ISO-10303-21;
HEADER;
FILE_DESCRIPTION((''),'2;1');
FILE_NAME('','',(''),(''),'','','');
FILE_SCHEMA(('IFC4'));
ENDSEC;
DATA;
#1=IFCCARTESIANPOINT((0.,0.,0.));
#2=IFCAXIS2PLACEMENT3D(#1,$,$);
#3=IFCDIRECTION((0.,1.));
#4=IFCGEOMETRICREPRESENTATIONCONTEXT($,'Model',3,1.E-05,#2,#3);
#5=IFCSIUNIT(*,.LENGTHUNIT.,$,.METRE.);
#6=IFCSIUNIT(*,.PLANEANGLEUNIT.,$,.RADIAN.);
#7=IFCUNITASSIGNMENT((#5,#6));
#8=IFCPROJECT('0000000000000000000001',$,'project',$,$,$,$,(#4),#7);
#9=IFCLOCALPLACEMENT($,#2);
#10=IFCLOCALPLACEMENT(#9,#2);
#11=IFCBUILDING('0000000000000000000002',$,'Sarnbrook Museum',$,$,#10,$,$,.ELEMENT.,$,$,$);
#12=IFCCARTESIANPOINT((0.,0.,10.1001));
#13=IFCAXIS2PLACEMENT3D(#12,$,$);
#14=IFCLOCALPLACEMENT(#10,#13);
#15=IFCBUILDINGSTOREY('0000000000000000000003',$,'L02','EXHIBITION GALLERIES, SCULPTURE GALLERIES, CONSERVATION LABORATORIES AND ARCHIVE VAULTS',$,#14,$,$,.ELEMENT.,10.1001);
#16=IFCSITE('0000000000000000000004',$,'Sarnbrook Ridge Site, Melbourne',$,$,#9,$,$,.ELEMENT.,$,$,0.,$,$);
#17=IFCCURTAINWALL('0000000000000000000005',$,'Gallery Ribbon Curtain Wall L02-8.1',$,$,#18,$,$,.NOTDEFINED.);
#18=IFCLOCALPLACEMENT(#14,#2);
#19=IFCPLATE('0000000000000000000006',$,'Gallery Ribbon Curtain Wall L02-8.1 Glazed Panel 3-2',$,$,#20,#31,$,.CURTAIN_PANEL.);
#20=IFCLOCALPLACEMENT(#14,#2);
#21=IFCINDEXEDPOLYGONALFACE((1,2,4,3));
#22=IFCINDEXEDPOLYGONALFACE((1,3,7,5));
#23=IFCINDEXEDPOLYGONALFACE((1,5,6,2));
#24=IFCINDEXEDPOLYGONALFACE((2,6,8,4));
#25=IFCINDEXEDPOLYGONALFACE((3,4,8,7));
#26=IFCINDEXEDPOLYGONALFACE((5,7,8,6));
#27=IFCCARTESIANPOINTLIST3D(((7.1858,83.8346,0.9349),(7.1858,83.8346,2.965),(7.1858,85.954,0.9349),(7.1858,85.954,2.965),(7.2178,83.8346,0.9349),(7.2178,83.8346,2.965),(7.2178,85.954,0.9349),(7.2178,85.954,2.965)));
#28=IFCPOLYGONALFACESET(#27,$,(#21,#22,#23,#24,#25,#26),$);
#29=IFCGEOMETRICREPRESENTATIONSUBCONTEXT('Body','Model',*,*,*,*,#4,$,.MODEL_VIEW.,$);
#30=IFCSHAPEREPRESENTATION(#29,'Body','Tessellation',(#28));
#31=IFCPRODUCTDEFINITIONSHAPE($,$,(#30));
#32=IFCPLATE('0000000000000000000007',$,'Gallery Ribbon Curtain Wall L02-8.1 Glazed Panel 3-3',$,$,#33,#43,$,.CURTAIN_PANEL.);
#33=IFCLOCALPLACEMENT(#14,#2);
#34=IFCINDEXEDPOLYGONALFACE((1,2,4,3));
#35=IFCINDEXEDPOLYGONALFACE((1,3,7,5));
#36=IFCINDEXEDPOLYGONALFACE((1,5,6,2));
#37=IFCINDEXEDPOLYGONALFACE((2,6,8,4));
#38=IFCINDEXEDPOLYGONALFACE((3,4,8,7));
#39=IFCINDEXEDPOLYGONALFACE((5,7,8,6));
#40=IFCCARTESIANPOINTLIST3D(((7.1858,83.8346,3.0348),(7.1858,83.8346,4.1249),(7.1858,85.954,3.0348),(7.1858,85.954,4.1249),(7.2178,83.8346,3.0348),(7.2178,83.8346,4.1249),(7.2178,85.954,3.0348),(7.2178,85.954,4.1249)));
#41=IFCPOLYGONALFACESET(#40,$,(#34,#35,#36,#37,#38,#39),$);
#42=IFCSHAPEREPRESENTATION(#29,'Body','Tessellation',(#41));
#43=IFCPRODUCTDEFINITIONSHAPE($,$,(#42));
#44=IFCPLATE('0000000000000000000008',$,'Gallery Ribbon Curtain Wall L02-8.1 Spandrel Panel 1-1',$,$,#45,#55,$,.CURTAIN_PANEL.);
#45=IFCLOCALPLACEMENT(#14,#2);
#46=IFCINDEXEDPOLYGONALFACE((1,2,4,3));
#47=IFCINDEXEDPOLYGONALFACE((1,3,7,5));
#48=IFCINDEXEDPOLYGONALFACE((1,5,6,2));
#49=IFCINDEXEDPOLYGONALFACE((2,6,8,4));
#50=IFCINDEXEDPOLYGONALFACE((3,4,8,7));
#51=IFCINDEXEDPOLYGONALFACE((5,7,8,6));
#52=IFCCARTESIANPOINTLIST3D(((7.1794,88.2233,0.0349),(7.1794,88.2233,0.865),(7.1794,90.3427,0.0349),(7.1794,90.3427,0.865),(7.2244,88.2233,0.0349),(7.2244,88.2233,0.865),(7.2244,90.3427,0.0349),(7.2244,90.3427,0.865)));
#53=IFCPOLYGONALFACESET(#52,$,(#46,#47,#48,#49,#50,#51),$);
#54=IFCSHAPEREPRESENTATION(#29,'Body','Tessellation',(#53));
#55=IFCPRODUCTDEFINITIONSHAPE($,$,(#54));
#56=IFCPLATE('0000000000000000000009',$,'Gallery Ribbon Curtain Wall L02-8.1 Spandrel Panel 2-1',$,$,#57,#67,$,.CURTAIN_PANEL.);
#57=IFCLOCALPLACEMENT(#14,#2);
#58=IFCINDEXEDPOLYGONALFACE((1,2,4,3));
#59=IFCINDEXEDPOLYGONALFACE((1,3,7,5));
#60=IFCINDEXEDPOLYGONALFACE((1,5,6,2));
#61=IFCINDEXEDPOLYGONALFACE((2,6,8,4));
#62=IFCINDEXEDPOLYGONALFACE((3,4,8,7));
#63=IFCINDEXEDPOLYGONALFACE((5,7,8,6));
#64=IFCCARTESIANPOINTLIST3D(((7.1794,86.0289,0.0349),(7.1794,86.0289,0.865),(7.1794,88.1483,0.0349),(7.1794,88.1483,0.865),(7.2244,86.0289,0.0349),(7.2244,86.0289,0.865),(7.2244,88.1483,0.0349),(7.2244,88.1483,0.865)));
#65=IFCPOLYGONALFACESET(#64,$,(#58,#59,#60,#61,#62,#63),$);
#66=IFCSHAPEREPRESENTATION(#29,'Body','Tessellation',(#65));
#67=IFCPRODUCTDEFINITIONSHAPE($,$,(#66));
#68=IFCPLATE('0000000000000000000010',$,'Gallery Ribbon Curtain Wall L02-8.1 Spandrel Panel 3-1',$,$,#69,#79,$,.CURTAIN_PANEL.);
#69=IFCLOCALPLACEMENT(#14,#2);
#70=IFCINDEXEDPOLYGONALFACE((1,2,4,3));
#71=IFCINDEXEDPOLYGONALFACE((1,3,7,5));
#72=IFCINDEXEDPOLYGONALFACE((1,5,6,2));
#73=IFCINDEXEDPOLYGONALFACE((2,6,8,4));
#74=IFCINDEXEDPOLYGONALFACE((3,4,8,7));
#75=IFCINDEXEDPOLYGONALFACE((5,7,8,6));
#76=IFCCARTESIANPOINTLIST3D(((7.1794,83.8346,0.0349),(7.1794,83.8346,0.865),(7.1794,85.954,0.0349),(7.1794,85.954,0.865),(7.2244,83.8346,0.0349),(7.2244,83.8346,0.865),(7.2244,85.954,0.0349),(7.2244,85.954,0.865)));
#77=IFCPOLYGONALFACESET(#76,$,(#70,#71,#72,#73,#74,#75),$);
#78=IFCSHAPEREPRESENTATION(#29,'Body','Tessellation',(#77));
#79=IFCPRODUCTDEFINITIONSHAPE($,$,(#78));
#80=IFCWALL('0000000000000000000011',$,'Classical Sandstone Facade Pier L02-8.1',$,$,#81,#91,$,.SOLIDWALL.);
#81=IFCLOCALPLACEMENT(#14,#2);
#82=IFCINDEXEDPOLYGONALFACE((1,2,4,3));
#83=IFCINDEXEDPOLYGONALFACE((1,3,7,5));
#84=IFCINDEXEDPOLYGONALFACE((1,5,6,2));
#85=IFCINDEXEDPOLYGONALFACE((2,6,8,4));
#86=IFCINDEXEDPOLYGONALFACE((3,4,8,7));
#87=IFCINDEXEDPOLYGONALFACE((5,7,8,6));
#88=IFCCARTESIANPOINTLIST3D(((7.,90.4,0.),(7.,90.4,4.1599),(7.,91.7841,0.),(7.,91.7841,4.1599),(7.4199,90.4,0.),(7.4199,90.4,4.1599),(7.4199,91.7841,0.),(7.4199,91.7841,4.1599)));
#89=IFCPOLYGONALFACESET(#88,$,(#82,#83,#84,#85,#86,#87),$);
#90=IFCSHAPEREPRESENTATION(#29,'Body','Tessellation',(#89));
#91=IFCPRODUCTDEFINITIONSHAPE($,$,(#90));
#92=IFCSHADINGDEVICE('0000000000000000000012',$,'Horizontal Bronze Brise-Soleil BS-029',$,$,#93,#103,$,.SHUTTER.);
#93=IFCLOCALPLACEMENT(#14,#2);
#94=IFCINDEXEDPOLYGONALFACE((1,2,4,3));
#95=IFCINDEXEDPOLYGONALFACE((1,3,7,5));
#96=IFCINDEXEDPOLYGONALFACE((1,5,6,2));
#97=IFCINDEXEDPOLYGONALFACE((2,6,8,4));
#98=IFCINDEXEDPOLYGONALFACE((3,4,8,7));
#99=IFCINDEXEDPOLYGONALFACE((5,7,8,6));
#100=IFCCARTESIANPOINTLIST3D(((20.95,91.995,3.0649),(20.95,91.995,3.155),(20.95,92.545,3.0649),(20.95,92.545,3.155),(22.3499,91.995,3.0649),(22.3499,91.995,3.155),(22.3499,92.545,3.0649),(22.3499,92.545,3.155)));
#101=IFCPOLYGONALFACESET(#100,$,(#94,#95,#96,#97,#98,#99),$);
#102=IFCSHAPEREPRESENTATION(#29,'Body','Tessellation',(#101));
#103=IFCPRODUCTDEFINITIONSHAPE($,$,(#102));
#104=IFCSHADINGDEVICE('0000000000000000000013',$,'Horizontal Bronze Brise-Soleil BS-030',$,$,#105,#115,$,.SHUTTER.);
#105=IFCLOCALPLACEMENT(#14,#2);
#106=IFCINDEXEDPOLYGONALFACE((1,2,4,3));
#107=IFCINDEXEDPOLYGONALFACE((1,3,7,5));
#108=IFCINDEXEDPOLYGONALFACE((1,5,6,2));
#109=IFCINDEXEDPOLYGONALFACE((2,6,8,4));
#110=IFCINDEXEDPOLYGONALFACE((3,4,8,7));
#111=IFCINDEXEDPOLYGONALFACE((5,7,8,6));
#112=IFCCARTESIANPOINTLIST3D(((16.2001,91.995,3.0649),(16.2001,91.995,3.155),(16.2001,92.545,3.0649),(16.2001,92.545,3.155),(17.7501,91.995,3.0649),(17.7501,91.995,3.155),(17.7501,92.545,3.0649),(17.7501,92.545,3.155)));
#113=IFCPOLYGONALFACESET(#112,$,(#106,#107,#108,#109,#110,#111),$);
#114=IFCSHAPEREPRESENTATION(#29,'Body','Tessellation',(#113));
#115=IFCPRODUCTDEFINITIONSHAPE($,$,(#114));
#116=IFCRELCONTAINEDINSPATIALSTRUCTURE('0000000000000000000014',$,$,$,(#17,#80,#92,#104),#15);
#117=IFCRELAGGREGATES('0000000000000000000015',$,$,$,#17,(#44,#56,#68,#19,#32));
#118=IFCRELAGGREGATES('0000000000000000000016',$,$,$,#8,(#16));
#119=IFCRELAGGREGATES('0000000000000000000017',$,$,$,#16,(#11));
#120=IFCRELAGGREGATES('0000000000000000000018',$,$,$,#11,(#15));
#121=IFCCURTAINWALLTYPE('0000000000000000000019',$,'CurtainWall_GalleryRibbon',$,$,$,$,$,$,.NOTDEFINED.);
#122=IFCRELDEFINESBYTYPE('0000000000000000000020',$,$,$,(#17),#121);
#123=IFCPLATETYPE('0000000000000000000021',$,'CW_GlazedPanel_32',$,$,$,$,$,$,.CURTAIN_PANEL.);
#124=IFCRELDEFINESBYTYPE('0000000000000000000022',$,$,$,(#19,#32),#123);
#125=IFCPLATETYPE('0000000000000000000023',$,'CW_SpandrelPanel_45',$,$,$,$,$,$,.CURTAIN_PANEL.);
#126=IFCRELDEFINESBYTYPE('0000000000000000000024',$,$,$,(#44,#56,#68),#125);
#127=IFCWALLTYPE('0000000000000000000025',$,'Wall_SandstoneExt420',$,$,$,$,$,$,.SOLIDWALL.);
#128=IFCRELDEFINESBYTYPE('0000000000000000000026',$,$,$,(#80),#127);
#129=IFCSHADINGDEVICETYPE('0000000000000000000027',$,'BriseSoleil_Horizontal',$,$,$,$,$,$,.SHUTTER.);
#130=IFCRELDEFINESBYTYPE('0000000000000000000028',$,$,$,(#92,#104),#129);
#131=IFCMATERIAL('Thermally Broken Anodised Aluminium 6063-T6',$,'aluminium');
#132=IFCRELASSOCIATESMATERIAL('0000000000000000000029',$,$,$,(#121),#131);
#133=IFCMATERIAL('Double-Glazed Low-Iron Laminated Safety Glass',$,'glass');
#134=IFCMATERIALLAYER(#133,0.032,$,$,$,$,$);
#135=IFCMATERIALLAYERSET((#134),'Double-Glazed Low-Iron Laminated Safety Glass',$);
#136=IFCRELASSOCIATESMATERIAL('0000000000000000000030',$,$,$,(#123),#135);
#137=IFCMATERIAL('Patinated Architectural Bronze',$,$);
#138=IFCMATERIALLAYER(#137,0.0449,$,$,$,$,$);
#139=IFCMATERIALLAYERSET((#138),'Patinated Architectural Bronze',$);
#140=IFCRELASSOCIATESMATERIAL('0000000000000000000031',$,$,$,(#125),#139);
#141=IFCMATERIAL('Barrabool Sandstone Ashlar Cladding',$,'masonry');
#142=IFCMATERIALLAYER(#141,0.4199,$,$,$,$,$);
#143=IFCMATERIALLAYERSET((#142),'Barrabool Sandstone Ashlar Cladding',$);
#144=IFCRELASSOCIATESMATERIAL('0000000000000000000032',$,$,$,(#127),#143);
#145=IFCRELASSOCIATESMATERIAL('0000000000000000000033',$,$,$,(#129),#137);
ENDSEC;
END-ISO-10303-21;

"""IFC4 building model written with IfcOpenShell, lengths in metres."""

from ifc_helpers import new_model, si_unit, direction, frame, frame_2d, origin, origin_2d, place, context, subcontext, project, spatial, rectangle, extrude, material, layer, layer_set, type_object, element, aggregate, save


model = new_model("IFC4")

# Units and contexts
model_context = context("Model", 3, precision=1e-05, world=origin(), true_north=direction((0.0, 1.0)))
body_context = subcontext(model_context, "Body", "Model", "MODEL_VIEW")
ifc_project = project(units=[si_unit("LENGTHUNIT", "METRE"), si_unit("PLANEANGLEUNIT", "RADIAN")], contexts=[model_context])

# Site, building, storey
site_placement = place(None, origin())
site = spatial("IfcSite", under=ifc_project, at=site_placement, Name="Sarnbrook Ridge Site, Melbourne", CompositionType="ELEMENT", RefElevation=0.0)
building_placement = place(site_placement, origin())
building = spatial("IfcBuilding", under=site, at=building_placement, Name="Sarnbrook Museum", CompositionType="ELEMENT")
storey_placement = place(building_placement, frame((0.0, 0.0, 10.1001)))
storey = spatial("IfcBuildingStorey", under=building, at=storey_placement, Name="L02", Description="EXHIBITION GALLERIES, SCULPTURE GALLERIES, CONSERVATION LABORATORIES AND ARCHIVE VAULTS", CompositionType="ELEMENT", Elevation=10.1001)

# Curtain wall
ifc_material_1 = material(Name="Thermally Broken Anodised Aluminium 6063-T6", Category="aluminium")
curtain_wall_type = type_object("IfcCurtainWallType", Name="CurtainWall_GalleryRibbon", PredefinedType="NOTDEFINED", material=ifc_material_1)
curtain_wall_placement = place(storey_placement, origin())
curtain_wall = element("IfcCurtainWall", 1, at=curtain_wall_placement, inside=storey, type_object=curtain_wall_type, Name="Gallery Ribbon Curtain Wall L02-8.1", PredefinedType="NOTDEFINED")

# Plates
ifc_material_2 = material(Name="Double-Glazed Low-Iron Laminated Safety Glass", Category="glass")
ifc_layer_1 = layer(ifc_material_2, 0.032)
ifc_layer_set_1 = layer_set([ifc_layer_1], Name="Double-Glazed Low-Iron Laminated Safety Glass")
plate_type_1 = type_object("IfcPlateType", Name="CW_GlazedPanel_32", PredefinedType="CURTAIN_PANEL", material=ifc_layer_set_1)
plate_1_placement = place(storey_placement, frame((7.2178, 84.8943, 1.95), z_axis=(-1.0, 0.0, 0.0), x_axis=(0.0, -1.0, 0.0)))
plate_1 = element("IfcPlate", 2, at=plate_1_placement, type_object=plate_type_1, Name="Gallery Ribbon Curtain Wall L02-8.1 Glazed Panel 3-2", PredefinedType="CURTAIN_PANEL", context=body_context, shape_type="SweptSolid", body=[
    extrude(rectangle(XDim=2.1194, YDim=2.03, at=origin_2d()), origin(), (0.0, 0.0, 1.0), 0.032),
])
plate_2_placement = place(storey_placement, frame((7.2178, 84.8943, 3.5798), z_axis=(-1.0, 0.0, 0.0), x_axis=(0.0, -1.0, 0.0)))
plate_2 = element("IfcPlate", 3, at=plate_2_placement, type_object=plate_type_1, Name="Gallery Ribbon Curtain Wall L02-8.1 Glazed Panel 3-3", PredefinedType="CURTAIN_PANEL", context=body_context, shape_type="SweptSolid", body=[
    extrude(rectangle(XDim=2.1194, YDim=1.0901, at=origin_2d()), origin(), (0.0, 0.0, 1.0), 0.032),
])
ifc_material_3 = material(Name="Patinated Architectural Bronze")
ifc_layer_2 = layer(ifc_material_3, 0.0449)
ifc_layer_set_2 = layer_set([ifc_layer_2], Name="Patinated Architectural Bronze")
plate_type_2 = type_object("IfcPlateType", Name="CW_SpandrelPanel_45", PredefinedType="CURTAIN_PANEL", material=ifc_layer_set_2)
plate_3_placement = place(storey_placement, frame((7.2244, 89.283, 0.45), z_axis=(-1.0, 0.0, 0.0), x_axis=(0.0, -1.0, 0.0)))
plate_3 = element("IfcPlate", 4, at=plate_3_placement, type_object=plate_type_2, Name="Gallery Ribbon Curtain Wall L02-8.1 Spandrel Panel 1-1", PredefinedType="CURTAIN_PANEL", context=body_context, shape_type="SweptSolid", body=[
    extrude(rectangle(XDim=2.1194, YDim=0.8301, at=origin_2d()), origin(), (0.0, 0.0, 1.0), 0.0449),
])
plate_4_placement = place(storey_placement, frame((7.2244, 87.0886, 0.45), z_axis=(-1.0, 0.0, 0.0), x_axis=(0.0, -1.0, 0.0)))
plate_4 = element("IfcPlate", 5, at=plate_4_placement, type_object=plate_type_2, Name="Gallery Ribbon Curtain Wall L02-8.1 Spandrel Panel 2-1", PredefinedType="CURTAIN_PANEL", context=body_context, shape_type="SweptSolid", body=[
    extrude(rectangle(XDim=2.1194, YDim=0.8301, at=origin_2d()), origin(), (0.0, 0.0, 1.0), 0.0449),
])
plate_5_placement = place(storey_placement, frame((7.2244, 84.8943, 0.45), z_axis=(-1.0, 0.0, 0.0), x_axis=(0.0, -1.0, 0.0)))
plate_5 = element("IfcPlate", 6, at=plate_5_placement, type_object=plate_type_2, Name="Gallery Ribbon Curtain Wall L02-8.1 Spandrel Panel 3-1", PredefinedType="CURTAIN_PANEL", context=body_context, shape_type="SweptSolid", body=[
    extrude(rectangle(XDim=2.1194, YDim=0.8301, at=origin_2d()), origin(), (0.0, 0.0, 1.0), 0.0449),
])
aggregate(curtain_wall, [plate_3, plate_4, plate_5, plate_1, plate_2])

# Wall
ifc_material_4 = material(Name="Barrabool Sandstone Ashlar Cladding", Category="masonry")
ifc_layer_3 = layer(ifc_material_4, 0.4199)
ifc_layer_set_3 = layer_set([ifc_layer_3], Name="Barrabool Sandstone Ashlar Cladding")
wall_type = type_object("IfcWallType", Name="Wall_SandstoneExt420", PredefinedType="SOLIDWALL", material=ifc_layer_set_3)
wall_placement = place(storey_placement, frame((7.21, 91.7839, 0.0), z_axis=(0.0, 0.0, 1.0), x_axis=(0.0, -1.0, 0.0)))
element("IfcWall", 7, at=wall_placement, inside=storey, type_object=wall_type, Name="Classical Sandstone Facade Pier L02-8.1", PredefinedType="SOLIDWALL", context=body_context, shape_type="SweptSolid", body=[
    extrude(rectangle(XDim=1.384, YDim=0.4199, at=frame_2d((0.6919, 0.0))), origin(), (0.0, 0.0, 1.0), 4.1599),
])

# Shading devices
shading_device_type = type_object("IfcShadingDeviceType", Name="BriseSoleil_Horizontal", PredefinedType="SHUTTER", material=ifc_material_3)
shading_device_1_placement = place(storey_placement, frame((21.6499, 92.27, 3.0649), z_axis=(0.0, 0.0, 1.0), x_axis=(1.0, 0.0, 0.0)))
element("IfcShadingDevice", 8, at=shading_device_1_placement, inside=storey, type_object=shading_device_type, Name="Horizontal Bronze Brise-Soleil BS-029", PredefinedType="SHUTTER", context=body_context, shape_type="SweptSolid", body=[
    extrude(rectangle(XDim=1.3999, YDim=0.55, at=origin_2d()), origin(), (0.0, 0.0, 1.0), 0.0901),
])
shading_device_2_placement = place(storey_placement, frame((16.9751, 92.27, 3.0649), z_axis=(0.0, 0.0, 1.0), x_axis=(1.0, 0.0, 0.0)))
element("IfcShadingDevice", 9, at=shading_device_2_placement, inside=storey, type_object=shading_device_type, Name="Horizontal Bronze Brise-Soleil BS-030", PredefinedType="SHUTTER", context=body_context, shape_type="SweptSolid", body=[
    extrude(rectangle(XDim=1.55, YDim=0.55, at=origin_2d()), origin(), (0.0, 0.0, 1.0), 0.0901),
])

save(model, "model.ifc")
